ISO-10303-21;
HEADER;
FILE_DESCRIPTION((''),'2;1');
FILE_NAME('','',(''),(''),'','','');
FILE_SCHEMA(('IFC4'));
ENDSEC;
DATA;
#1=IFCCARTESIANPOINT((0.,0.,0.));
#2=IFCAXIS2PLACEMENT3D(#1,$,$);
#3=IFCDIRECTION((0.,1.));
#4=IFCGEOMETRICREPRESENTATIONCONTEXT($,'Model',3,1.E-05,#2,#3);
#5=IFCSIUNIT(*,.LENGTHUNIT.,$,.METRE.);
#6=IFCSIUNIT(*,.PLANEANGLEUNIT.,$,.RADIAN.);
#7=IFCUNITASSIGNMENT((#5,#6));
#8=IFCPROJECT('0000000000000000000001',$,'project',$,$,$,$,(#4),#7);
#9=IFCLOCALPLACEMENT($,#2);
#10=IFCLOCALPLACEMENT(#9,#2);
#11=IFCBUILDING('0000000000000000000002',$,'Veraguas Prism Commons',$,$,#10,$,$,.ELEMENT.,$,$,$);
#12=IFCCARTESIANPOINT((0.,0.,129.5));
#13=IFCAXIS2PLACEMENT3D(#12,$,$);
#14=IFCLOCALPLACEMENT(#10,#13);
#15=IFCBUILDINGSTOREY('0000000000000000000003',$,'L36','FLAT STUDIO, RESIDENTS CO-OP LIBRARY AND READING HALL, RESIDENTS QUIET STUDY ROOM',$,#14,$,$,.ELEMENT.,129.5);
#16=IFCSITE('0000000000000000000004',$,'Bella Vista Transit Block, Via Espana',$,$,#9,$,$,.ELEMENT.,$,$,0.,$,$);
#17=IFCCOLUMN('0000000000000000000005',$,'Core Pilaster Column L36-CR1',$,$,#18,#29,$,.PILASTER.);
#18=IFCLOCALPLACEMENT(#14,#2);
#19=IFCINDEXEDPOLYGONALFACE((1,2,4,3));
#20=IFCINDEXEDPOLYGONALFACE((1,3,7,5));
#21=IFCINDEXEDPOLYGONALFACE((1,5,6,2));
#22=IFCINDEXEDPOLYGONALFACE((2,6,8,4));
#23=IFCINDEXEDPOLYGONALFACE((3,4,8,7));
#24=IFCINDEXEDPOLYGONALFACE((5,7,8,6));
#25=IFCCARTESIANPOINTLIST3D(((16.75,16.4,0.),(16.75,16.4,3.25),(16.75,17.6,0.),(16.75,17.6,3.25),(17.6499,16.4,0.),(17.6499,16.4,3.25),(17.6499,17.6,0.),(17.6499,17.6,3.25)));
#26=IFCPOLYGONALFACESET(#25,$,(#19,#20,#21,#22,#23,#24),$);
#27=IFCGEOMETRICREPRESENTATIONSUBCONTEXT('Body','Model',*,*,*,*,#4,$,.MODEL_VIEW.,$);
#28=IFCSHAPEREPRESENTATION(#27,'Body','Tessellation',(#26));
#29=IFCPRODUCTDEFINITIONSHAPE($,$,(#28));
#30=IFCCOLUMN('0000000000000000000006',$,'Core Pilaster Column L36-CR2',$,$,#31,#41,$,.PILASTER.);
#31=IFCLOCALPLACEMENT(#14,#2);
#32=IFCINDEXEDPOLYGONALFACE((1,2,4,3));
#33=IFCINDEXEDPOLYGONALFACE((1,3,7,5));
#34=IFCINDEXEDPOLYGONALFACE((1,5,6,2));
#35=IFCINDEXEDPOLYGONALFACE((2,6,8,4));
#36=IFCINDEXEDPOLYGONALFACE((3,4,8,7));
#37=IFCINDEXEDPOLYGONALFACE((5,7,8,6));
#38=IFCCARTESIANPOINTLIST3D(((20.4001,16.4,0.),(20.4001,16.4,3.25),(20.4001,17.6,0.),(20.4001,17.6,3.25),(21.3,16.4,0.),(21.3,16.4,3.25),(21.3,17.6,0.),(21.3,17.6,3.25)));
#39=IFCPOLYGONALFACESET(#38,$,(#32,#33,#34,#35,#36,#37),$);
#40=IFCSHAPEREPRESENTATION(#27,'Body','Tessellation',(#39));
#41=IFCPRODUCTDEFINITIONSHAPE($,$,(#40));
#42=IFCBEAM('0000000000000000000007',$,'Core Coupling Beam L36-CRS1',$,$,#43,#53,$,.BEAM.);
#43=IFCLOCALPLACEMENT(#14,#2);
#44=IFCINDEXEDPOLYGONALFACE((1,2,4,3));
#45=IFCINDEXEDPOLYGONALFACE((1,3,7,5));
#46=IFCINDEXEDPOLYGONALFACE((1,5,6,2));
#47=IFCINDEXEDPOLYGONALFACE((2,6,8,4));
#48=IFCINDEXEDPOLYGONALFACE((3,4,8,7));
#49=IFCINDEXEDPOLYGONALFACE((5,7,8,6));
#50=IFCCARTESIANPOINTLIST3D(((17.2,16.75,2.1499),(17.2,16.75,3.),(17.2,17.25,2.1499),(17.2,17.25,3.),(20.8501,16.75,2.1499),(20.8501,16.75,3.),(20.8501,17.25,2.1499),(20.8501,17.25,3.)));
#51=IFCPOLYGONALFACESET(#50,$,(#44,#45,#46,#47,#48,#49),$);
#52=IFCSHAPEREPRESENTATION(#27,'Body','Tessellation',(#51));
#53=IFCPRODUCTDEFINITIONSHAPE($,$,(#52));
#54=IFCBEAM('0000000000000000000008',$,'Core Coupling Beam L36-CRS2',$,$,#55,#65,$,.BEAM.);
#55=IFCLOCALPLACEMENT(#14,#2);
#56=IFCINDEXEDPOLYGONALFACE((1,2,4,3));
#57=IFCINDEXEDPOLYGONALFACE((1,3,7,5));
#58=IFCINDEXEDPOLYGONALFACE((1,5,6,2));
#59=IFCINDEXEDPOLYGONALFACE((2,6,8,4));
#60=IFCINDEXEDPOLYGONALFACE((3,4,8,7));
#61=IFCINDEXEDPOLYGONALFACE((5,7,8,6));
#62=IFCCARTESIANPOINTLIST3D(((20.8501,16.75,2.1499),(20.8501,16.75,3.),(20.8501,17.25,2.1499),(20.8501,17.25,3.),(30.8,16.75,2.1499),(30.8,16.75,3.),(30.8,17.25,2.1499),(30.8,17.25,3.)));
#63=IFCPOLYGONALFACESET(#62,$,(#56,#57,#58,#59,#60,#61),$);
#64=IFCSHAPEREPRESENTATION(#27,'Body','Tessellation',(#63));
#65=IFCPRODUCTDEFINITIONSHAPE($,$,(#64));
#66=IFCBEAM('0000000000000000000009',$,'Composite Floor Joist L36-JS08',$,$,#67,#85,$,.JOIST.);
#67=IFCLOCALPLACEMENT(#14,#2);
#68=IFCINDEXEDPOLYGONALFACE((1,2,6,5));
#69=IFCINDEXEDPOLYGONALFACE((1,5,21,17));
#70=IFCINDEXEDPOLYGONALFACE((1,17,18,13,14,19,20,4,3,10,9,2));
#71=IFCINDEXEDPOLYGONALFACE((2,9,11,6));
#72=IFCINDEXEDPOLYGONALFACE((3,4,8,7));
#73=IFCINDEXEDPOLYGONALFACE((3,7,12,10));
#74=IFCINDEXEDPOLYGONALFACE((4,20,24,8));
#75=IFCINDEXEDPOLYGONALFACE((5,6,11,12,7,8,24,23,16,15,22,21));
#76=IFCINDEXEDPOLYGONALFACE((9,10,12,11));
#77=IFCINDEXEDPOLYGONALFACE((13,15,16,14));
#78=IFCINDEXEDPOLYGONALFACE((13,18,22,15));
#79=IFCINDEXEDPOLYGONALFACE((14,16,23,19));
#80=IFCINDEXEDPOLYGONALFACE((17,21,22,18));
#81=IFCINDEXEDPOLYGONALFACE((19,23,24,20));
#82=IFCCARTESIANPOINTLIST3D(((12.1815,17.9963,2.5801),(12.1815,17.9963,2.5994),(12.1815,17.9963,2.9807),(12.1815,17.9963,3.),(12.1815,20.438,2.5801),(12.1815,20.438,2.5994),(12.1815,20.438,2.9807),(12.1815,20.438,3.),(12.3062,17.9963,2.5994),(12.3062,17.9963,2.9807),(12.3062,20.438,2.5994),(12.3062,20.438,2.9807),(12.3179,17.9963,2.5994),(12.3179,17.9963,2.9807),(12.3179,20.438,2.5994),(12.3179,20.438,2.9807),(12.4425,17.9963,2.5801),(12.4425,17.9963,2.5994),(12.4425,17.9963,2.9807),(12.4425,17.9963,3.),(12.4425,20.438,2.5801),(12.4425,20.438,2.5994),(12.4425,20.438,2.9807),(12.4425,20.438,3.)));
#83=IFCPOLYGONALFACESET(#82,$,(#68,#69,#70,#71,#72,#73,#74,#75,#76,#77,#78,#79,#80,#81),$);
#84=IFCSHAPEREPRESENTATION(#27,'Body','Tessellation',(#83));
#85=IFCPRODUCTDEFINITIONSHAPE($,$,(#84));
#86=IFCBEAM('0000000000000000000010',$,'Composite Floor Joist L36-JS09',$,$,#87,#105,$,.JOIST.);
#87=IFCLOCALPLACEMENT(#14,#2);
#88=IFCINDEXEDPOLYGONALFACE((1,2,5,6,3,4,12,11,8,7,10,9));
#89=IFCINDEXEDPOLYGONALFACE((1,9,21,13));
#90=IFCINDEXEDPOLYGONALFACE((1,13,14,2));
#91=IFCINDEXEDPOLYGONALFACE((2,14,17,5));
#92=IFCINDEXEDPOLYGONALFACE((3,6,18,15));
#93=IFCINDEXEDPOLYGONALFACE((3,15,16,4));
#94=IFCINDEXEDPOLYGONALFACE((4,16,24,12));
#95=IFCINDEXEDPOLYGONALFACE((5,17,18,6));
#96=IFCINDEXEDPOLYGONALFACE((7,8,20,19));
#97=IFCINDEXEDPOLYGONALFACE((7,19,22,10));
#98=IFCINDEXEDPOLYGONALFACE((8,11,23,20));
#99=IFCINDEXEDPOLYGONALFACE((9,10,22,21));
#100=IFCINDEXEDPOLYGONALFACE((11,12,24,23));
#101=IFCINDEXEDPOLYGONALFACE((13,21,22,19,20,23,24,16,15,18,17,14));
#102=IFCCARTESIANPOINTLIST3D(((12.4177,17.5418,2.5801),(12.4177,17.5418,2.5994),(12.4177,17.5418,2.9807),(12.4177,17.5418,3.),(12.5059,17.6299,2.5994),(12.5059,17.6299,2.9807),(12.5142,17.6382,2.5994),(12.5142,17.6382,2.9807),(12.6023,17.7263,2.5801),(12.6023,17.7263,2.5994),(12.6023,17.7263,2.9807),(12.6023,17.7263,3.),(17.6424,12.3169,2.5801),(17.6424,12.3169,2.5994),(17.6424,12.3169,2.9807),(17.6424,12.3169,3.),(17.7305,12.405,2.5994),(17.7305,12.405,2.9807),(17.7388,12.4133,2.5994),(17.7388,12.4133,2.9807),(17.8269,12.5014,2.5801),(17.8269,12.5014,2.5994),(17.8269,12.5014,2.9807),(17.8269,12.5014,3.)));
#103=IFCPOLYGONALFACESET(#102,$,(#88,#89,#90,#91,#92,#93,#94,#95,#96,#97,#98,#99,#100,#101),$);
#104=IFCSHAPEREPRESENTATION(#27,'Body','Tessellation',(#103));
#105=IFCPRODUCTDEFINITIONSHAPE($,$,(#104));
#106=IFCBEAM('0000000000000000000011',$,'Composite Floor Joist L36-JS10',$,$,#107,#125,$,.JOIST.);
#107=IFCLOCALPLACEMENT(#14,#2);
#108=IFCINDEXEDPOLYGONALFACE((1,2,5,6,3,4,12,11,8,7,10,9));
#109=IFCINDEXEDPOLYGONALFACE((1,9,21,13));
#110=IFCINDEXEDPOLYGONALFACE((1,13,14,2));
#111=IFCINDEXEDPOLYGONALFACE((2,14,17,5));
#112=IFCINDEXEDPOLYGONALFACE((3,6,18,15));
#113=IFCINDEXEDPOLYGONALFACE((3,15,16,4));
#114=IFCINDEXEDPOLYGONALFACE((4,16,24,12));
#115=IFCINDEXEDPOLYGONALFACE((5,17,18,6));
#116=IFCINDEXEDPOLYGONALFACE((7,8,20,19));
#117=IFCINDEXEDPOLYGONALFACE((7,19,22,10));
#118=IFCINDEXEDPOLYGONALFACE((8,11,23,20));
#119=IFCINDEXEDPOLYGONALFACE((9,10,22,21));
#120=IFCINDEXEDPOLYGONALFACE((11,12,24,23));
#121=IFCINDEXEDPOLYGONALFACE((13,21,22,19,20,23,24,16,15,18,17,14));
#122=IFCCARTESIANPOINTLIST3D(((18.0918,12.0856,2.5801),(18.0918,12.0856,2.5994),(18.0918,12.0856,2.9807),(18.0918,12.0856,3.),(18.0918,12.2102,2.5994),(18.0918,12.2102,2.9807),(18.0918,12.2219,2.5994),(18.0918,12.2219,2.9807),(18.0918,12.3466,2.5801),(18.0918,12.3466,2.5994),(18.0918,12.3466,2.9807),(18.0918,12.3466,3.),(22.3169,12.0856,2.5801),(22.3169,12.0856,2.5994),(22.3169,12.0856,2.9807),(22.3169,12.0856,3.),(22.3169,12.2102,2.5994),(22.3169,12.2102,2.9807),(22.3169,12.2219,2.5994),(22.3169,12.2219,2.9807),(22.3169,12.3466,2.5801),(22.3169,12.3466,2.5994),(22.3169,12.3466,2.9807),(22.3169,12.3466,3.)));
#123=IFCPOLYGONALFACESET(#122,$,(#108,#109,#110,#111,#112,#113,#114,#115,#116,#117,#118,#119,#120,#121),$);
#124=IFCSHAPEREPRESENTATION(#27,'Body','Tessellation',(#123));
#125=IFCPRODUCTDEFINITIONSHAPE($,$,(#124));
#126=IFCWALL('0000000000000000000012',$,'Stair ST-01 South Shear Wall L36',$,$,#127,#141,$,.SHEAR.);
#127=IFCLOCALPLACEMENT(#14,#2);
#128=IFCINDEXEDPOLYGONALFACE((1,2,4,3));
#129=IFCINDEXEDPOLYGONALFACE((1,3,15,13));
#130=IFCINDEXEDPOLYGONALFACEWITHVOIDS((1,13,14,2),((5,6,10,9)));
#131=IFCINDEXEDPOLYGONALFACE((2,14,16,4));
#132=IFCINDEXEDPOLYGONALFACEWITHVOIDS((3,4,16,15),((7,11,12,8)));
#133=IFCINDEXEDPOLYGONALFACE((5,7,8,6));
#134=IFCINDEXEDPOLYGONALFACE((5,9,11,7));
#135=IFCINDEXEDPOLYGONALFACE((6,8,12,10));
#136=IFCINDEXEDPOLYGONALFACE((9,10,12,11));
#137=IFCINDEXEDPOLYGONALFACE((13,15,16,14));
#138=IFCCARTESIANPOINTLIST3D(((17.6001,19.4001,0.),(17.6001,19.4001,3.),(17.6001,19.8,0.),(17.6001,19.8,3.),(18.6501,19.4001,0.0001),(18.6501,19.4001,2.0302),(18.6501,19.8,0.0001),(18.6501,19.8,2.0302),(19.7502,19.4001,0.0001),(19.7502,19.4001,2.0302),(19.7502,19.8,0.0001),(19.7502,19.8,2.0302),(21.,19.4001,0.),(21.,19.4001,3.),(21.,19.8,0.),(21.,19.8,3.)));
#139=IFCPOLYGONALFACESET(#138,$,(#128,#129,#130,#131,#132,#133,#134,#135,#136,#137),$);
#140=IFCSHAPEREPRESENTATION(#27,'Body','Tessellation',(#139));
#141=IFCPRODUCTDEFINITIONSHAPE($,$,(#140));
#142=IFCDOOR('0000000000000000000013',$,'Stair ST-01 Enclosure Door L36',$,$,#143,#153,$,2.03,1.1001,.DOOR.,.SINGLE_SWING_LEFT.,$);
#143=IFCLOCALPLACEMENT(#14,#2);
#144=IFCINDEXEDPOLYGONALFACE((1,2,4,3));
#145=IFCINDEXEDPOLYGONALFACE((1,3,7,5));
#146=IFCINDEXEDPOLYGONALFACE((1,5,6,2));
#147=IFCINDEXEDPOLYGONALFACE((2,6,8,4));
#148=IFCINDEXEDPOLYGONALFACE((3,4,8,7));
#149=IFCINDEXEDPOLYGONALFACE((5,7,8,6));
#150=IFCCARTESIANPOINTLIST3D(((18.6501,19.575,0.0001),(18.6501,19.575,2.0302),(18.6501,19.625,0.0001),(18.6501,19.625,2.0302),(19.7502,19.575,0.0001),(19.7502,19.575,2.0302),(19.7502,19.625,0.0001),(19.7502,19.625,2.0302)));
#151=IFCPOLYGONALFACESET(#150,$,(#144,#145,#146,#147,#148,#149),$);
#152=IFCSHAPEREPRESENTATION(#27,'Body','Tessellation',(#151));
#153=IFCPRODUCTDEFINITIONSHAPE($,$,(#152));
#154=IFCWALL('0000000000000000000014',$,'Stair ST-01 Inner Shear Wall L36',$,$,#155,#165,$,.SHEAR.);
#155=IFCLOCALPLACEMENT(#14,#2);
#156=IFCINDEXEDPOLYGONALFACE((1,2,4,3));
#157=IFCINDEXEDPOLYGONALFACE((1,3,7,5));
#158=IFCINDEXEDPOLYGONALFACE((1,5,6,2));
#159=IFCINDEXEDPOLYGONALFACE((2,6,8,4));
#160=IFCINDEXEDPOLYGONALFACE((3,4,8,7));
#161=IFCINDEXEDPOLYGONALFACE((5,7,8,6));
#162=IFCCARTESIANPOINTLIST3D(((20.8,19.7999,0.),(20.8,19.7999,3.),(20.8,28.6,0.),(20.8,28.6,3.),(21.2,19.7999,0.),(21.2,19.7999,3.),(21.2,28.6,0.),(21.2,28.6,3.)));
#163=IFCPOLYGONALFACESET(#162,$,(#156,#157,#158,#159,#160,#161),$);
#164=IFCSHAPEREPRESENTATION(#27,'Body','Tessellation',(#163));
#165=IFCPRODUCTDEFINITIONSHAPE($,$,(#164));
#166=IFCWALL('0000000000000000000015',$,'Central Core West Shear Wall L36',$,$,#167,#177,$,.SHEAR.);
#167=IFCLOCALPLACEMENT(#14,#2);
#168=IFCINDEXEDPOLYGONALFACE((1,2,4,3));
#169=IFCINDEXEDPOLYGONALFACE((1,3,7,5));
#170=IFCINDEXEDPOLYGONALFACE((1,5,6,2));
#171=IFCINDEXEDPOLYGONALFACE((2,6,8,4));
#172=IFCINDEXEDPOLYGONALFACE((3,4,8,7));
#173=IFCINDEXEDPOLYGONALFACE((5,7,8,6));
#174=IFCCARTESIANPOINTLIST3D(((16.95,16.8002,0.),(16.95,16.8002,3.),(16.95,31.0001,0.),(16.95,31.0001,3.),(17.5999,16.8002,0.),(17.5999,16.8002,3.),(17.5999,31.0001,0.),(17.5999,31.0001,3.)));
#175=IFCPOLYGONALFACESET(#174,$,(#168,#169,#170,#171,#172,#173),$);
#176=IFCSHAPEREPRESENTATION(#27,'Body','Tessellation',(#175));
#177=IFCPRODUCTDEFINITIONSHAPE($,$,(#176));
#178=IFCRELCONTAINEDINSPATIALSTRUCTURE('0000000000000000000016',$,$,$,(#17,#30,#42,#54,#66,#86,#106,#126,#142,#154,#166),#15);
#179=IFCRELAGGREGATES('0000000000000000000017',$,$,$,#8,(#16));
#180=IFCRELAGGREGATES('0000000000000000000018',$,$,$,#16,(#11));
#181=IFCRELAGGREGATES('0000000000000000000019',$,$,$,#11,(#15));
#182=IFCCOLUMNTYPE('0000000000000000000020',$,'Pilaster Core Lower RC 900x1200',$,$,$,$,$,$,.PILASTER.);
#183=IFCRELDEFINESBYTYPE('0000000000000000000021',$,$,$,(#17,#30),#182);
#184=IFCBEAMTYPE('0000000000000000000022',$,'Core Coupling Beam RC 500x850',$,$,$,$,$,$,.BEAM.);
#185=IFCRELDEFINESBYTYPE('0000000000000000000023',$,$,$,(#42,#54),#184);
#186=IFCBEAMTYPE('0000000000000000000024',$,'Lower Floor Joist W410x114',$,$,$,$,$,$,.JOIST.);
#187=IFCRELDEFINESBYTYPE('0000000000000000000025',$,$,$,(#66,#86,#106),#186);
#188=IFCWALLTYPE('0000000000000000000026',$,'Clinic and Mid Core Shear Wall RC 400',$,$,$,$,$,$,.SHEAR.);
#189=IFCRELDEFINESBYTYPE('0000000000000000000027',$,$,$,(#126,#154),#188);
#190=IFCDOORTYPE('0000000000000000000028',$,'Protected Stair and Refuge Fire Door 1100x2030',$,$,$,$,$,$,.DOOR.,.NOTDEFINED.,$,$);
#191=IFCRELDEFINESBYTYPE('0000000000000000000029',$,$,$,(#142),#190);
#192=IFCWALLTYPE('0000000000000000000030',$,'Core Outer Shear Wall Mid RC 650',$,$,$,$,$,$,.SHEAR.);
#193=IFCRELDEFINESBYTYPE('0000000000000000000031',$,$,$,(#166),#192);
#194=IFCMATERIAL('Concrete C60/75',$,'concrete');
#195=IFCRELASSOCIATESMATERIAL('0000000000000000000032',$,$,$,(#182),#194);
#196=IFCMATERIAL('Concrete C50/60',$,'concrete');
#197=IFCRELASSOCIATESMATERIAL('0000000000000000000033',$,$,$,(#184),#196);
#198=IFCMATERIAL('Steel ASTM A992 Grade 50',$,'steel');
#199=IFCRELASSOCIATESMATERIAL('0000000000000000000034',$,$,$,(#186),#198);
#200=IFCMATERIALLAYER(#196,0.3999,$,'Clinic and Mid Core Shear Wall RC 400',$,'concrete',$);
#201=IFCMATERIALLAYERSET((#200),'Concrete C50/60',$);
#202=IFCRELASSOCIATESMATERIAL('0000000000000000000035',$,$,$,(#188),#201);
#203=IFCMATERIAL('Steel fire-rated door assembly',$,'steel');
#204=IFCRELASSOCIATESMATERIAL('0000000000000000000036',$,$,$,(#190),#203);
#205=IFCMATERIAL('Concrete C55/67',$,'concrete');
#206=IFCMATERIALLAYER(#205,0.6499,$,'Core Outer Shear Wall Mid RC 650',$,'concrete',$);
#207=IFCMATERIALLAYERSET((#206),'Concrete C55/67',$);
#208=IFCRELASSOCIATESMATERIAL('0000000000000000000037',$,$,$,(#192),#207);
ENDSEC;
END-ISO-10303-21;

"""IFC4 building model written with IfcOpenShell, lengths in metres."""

from ifc_helpers import new_model, si_unit, direction, frame, frame_2d, origin, origin_2d, place, context, subcontext, project, spatial, rectangle, i_section, extrude, source, transform, mapped, material, layer, layer_set, material_profile, profile_set, type_object, element, fill, save


model = new_model("IFC4")

# Units and contexts
model_context = context("Model", 3, precision=1e-05, world=origin(), true_north=direction((0.0, 1.0)))
body_context = subcontext(model_context, "Body", "Model", "MODEL_VIEW")
ifc_project = project(units=[si_unit("LENGTHUNIT", "METRE"), si_unit("PLANEANGLEUNIT", "RADIAN")], contexts=[model_context])

# Site, building, storey
site_placement = place(None, origin())
site = spatial("IfcSite", under=ifc_project, at=site_placement, Name="Bella Vista Transit Block, Via Espana", CompositionType="ELEMENT", RefElevation=0.0)
building_placement = place(site_placement, origin())
building = spatial("IfcBuilding", under=site, at=building_placement, Name="Veraguas Prism Commons", CompositionType="ELEMENT")
storey_placement = place(building_placement, frame((0.0, 0.0, 129.5)))
storey = spatial("IfcBuildingStorey", under=building, at=storey_placement, Name="L36", Description="FLAT STUDIO, RESIDENTS CO-OP LIBRARY AND READING HALL, RESIDENTS QUIET STUDY ROOM", CompositionType="ELEMENT", Elevation=129.5)

# Columns
ifc_material_1 = material(Name="Concrete C60/75", Category="concrete")
ifc_material_profile_1 = material_profile(ifc_material_1, rectangle(XDim=0.8999, YDim=1.2, at=origin_2d()), Name="RC900X1200")
ifc_profile_set_1 = profile_set([ifc_material_profile_1], Name="Concrete C60/75")
column_type = type_object("IfcColumnType", Name="Pilaster Core Lower RC 900x1200", PredefinedType="PILASTER", material=ifc_profile_set_1)
for number, where, z_axis, x_axis, name in (
    (1, (17.2, 17.0, 0.0), (0.0, 0.0, 1.0), (1.0, 0.0, 0.0), "Core Pilaster Column L36-CR1"),
    (2, (20.8501, 17.0, 0.0), (0.0, 0.0, 1.0), (1.0, 0.0, 0.0), "Core Pilaster Column L36-CR2"),
):
    element("IfcColumn", number, at=place(storey_placement, frame(where, z_axis=z_axis, x_axis=x_axis)), inside=storey, type_object=column_type, Name=name, PredefinedType="PILASTER", context=body_context, shape_type="SweptSolid", body=[
        extrude(rectangle(XDim=0.8999, YDim=1.2, at=origin_2d()), origin(), (0.0, 0.0, 1.0), 3.25),
    ])

# Beams
ifc_material_2 = material(Name="Concrete C50/60", Category="concrete")
ifc_material_profile_2 = material_profile(ifc_material_2, rectangle(XDim=0.5, YDim=0.8501, at=origin_2d()), Name="RC500X850")
ifc_profile_set_2 = profile_set([ifc_material_profile_2], Name="Concrete C50/60")
beam_type_1 = type_object("IfcBeamType", Name="Core Coupling Beam RC 500x850", PredefinedType="BEAM", material=ifc_profile_set_2)
beam_1_placement = place(storey_placement, frame((17.2, 17.0, 2.575), z_axis=(1.0, 0.0, 0.0), x_axis=(0.0, 1.0, 0.0)))
element("IfcBeam", 3, at=beam_1_placement, inside=storey, type_object=beam_type_1, Name="Core Coupling Beam L36-CRS1", PredefinedType="BEAM", context=body_context, shape_type="SweptSolid", body=[
    extrude(rectangle(XDim=0.5, YDim=0.8501, at=origin_2d()), origin(), (0.0, 0.0, 1.0), 3.6501),
])
beam_2_placement = place(storey_placement, frame((20.8501, 17.0, 2.575), z_axis=(1.0, 0.0, 0.0), x_axis=(0.0, 1.0, 0.0)))
element("IfcBeam", 4, at=beam_2_placement, inside=storey, type_object=beam_type_1, Name="Core Coupling Beam L36-CRS2", PredefinedType="BEAM", context=body_context, shape_type="SweptSolid", body=[
    extrude(rectangle(XDim=0.5, YDim=0.8501, at=origin_2d()), origin(), (0.0, 0.0, 1.0), 9.95),
])
ifc_material_3 = material(Name="Steel ASTM A992 Grade 50", Category="steel")
ifc_material_profile_3 = material_profile(ifc_material_3, i_section(OverallWidth=0.261, OverallDepth=0.4199, WebThickness=0.0117, FlangeThickness=0.0193, at=origin_2d()), Name="W410X114")
ifc_profile_set_3 = profile_set([ifc_material_profile_3], Name="Steel ASTM A992 Grade 50")
beam_type_2 = type_object("IfcBeamType", Name="Lower Floor Joist W410x114", PredefinedType="JOIST", material=ifc_profile_set_3)
beam_3_placement = place(storey_placement, frame((12.312, 20.438, 2.79), z_axis=(0.0, -1.0, 0.0), x_axis=(1.0, 0.0, 0.0)))
element("IfcBeam", 5, at=beam_3_placement, inside=storey, type_object=beam_type_2, Name="Composite Floor Joist L36-JS08", PredefinedType="JOIST", context=body_context, shape_type="SweptSolid", body=[
    extrude(i_section(OverallWidth=0.261, OverallDepth=0.4199, WebThickness=0.0117, FlangeThickness=0.0193, at=origin_2d()), origin(), (0.0, 0.0, 1.0), 2.4417),
])
beam_4_placement = place(storey_placement, frame((12.51, 17.634, 2.79), z_axis=(0.70709, -0.707123, 0.0), x_axis=(0.707123, 0.70709, 0.0)))
element("IfcBeam", 6, at=beam_4_placement, inside=storey, type_object=beam_type_2, Name="Composite Floor Joist L36-JS09", PredefinedType="JOIST", context=body_context, shape_type="SweptSolid", body=[
    extrude(i_section(OverallWidth=0.261, OverallDepth=0.4199, WebThickness=0.0117, FlangeThickness=0.0193, at=origin_2d()), origin(), (0.0, 0.0, 1.0), 7.3889),
])
beam_5_placement = place(storey_placement, frame((18.0918, 12.2161, 2.79), z_axis=(1.0, 0.0, 0.0), x_axis=(0.0, 1.0, 0.0)))
element("IfcBeam", 7, at=beam_5_placement, inside=storey, type_object=beam_type_2, Name="Composite Floor Joist L36-JS10", PredefinedType="JOIST", context=body_context, shape_type="SweptSolid", body=[
    extrude(i_section(OverallWidth=0.261, OverallDepth=0.4199, WebThickness=0.0117, FlangeThickness=0.0193, at=origin_2d()), origin(), (0.0, 0.0, 1.0), 4.2251),
])

# Wall, opening, door
ifc_layer_1 = layer(ifc_material_2, 0.3999, Name="Clinic and Mid Core Shear Wall RC 400", Category="concrete")
ifc_layer_set_1 = layer_set([ifc_layer_1], Name="Concrete C50/60")
wall_type_1 = type_object("IfcWallType", Name="Clinic and Mid Core Shear Wall RC 400", PredefinedType="SHEAR", material=ifc_layer_set_1)
wall_1_placement = place(storey_placement, frame((17.6001, 19.6001, 0.0), z_axis=(0.0, 0.0, 1.0), x_axis=(1.0, 0.0, 0.0)))
wall_1 = element("IfcWall", 8, at=wall_1_placement, inside=storey, type_object=wall_type_1, Name="Stair ST-01 South Shear Wall L36", PredefinedType="SHEAR", context=body_context, shape_type="SweptSolid", body=[
    extrude(rectangle(XDim=3.3999, YDim=0.3999, at=frame_2d((1.7, 0.0))), origin(), (0.0, 0.0, 1.0), 3.0),
])
opening_1_placement = place(wall_1_placement, frame((1.05, 0.0, 0.0)))
opening_1 = element("IfcOpeningElement", 9, at=opening_1_placement, cuts=wall_1, PredefinedType="OPENING", context=body_context, shape_type="SweptSolid", body=[
    extrude(rectangle(XDim=1.1001, YDim=2.03, at=frame_2d((0.55, 1.0151))), frame((0.0, 0.21, 0.0), z_axis=(0.0, -1.0, 0.0), x_axis=(1.0, 0.0, 0.0)), (0.0, 0.0, 1.0), 0.4199),
])
ifc_material_4 = material(Name="Steel fire-rated door assembly", Category="steel")
door_type_1 = type_object("IfcDoorType", Name="Protected Stair and Refuge Fire Door 1100x2030", OperationType="NOTDEFINED", PredefinedType="DOOR", material=ifc_material_4)
shared_shape_1 = source(origin(), body_context, "Body", "SweptSolid", [
    extrude(rectangle(XDim=1.1001, YDim=2.03, at=frame_2d((0.55, 1.0151))), frame((0.0, 0.0249, 0.0), z_axis=(0.0, -1.0, 0.0), x_axis=(1.0, 0.0, 0.0)), (0.0, 0.0, 1.0), 0.05),
])
door_1_placement = place(opening_1_placement, origin())
door_1 = element("IfcDoor", 10, at=door_1_placement, inside=storey, type_object=door_type_1, Name="Stair ST-01 Enclosure Door L36", OperationType="SINGLE_SWING_LEFT", OverallHeight=2.03, OverallWidth=1.1001, PredefinedType="DOOR", context=body_context, shape_type="MappedRepresentation", body=[
    mapped(shared_shape_1, transform((0.0, 0.0, 0.0), scale=1.0)),
])
fill(opening_1, door_1)

# Walls
wall_2_placement = place(storey_placement, frame((21.0, 19.8, 0.0), z_axis=(0.0, 0.0, 1.0), x_axis=(0.0, 1.0, 0.0)))
element("IfcWall", 11, at=wall_2_placement, inside=storey, type_object=wall_type_1, Name="Stair ST-01 Inner Shear Wall L36", PredefinedType="SHEAR", context=body_context, shape_type="SweptSolid", body=[
    extrude(rectangle(XDim=8.8, YDim=0.3999, at=frame_2d((4.3999, 0.0))), origin(), (0.0, 0.0, 1.0), 3.0),
])
ifc_material_5 = material(Name="Concrete C55/67", Category="concrete")
ifc_layer_2 = layer(ifc_material_5, 0.6499, Name="Core Outer Shear Wall Mid RC 650", Category="concrete")
ifc_layer_set_2 = layer_set([ifc_layer_2], Name="Concrete C55/67")
wall_type_2 = type_object("IfcWallType", Name="Core Outer Shear Wall Mid RC 650", PredefinedType="SHEAR", material=ifc_layer_set_2)
wall_3_placement = place(storey_placement, frame((17.2749, 16.8, 0.0), z_axis=(0.0, 0.0, 1.0), x_axis=(0.0, 1.0, 0.0)))
element("IfcWall", 12, at=wall_3_placement, inside=storey, type_object=wall_type_2, Name="Central Core West Shear Wall L36", PredefinedType="SHEAR", context=body_context, shape_type="SweptSolid", body=[
    extrude(rectangle(XDim=14.2, YDim=0.6499, at=frame_2d((7.1001, 0.0))), origin(), (0.0, 0.0, 1.0), 3.0),
])

save(model, "model.ifc")
